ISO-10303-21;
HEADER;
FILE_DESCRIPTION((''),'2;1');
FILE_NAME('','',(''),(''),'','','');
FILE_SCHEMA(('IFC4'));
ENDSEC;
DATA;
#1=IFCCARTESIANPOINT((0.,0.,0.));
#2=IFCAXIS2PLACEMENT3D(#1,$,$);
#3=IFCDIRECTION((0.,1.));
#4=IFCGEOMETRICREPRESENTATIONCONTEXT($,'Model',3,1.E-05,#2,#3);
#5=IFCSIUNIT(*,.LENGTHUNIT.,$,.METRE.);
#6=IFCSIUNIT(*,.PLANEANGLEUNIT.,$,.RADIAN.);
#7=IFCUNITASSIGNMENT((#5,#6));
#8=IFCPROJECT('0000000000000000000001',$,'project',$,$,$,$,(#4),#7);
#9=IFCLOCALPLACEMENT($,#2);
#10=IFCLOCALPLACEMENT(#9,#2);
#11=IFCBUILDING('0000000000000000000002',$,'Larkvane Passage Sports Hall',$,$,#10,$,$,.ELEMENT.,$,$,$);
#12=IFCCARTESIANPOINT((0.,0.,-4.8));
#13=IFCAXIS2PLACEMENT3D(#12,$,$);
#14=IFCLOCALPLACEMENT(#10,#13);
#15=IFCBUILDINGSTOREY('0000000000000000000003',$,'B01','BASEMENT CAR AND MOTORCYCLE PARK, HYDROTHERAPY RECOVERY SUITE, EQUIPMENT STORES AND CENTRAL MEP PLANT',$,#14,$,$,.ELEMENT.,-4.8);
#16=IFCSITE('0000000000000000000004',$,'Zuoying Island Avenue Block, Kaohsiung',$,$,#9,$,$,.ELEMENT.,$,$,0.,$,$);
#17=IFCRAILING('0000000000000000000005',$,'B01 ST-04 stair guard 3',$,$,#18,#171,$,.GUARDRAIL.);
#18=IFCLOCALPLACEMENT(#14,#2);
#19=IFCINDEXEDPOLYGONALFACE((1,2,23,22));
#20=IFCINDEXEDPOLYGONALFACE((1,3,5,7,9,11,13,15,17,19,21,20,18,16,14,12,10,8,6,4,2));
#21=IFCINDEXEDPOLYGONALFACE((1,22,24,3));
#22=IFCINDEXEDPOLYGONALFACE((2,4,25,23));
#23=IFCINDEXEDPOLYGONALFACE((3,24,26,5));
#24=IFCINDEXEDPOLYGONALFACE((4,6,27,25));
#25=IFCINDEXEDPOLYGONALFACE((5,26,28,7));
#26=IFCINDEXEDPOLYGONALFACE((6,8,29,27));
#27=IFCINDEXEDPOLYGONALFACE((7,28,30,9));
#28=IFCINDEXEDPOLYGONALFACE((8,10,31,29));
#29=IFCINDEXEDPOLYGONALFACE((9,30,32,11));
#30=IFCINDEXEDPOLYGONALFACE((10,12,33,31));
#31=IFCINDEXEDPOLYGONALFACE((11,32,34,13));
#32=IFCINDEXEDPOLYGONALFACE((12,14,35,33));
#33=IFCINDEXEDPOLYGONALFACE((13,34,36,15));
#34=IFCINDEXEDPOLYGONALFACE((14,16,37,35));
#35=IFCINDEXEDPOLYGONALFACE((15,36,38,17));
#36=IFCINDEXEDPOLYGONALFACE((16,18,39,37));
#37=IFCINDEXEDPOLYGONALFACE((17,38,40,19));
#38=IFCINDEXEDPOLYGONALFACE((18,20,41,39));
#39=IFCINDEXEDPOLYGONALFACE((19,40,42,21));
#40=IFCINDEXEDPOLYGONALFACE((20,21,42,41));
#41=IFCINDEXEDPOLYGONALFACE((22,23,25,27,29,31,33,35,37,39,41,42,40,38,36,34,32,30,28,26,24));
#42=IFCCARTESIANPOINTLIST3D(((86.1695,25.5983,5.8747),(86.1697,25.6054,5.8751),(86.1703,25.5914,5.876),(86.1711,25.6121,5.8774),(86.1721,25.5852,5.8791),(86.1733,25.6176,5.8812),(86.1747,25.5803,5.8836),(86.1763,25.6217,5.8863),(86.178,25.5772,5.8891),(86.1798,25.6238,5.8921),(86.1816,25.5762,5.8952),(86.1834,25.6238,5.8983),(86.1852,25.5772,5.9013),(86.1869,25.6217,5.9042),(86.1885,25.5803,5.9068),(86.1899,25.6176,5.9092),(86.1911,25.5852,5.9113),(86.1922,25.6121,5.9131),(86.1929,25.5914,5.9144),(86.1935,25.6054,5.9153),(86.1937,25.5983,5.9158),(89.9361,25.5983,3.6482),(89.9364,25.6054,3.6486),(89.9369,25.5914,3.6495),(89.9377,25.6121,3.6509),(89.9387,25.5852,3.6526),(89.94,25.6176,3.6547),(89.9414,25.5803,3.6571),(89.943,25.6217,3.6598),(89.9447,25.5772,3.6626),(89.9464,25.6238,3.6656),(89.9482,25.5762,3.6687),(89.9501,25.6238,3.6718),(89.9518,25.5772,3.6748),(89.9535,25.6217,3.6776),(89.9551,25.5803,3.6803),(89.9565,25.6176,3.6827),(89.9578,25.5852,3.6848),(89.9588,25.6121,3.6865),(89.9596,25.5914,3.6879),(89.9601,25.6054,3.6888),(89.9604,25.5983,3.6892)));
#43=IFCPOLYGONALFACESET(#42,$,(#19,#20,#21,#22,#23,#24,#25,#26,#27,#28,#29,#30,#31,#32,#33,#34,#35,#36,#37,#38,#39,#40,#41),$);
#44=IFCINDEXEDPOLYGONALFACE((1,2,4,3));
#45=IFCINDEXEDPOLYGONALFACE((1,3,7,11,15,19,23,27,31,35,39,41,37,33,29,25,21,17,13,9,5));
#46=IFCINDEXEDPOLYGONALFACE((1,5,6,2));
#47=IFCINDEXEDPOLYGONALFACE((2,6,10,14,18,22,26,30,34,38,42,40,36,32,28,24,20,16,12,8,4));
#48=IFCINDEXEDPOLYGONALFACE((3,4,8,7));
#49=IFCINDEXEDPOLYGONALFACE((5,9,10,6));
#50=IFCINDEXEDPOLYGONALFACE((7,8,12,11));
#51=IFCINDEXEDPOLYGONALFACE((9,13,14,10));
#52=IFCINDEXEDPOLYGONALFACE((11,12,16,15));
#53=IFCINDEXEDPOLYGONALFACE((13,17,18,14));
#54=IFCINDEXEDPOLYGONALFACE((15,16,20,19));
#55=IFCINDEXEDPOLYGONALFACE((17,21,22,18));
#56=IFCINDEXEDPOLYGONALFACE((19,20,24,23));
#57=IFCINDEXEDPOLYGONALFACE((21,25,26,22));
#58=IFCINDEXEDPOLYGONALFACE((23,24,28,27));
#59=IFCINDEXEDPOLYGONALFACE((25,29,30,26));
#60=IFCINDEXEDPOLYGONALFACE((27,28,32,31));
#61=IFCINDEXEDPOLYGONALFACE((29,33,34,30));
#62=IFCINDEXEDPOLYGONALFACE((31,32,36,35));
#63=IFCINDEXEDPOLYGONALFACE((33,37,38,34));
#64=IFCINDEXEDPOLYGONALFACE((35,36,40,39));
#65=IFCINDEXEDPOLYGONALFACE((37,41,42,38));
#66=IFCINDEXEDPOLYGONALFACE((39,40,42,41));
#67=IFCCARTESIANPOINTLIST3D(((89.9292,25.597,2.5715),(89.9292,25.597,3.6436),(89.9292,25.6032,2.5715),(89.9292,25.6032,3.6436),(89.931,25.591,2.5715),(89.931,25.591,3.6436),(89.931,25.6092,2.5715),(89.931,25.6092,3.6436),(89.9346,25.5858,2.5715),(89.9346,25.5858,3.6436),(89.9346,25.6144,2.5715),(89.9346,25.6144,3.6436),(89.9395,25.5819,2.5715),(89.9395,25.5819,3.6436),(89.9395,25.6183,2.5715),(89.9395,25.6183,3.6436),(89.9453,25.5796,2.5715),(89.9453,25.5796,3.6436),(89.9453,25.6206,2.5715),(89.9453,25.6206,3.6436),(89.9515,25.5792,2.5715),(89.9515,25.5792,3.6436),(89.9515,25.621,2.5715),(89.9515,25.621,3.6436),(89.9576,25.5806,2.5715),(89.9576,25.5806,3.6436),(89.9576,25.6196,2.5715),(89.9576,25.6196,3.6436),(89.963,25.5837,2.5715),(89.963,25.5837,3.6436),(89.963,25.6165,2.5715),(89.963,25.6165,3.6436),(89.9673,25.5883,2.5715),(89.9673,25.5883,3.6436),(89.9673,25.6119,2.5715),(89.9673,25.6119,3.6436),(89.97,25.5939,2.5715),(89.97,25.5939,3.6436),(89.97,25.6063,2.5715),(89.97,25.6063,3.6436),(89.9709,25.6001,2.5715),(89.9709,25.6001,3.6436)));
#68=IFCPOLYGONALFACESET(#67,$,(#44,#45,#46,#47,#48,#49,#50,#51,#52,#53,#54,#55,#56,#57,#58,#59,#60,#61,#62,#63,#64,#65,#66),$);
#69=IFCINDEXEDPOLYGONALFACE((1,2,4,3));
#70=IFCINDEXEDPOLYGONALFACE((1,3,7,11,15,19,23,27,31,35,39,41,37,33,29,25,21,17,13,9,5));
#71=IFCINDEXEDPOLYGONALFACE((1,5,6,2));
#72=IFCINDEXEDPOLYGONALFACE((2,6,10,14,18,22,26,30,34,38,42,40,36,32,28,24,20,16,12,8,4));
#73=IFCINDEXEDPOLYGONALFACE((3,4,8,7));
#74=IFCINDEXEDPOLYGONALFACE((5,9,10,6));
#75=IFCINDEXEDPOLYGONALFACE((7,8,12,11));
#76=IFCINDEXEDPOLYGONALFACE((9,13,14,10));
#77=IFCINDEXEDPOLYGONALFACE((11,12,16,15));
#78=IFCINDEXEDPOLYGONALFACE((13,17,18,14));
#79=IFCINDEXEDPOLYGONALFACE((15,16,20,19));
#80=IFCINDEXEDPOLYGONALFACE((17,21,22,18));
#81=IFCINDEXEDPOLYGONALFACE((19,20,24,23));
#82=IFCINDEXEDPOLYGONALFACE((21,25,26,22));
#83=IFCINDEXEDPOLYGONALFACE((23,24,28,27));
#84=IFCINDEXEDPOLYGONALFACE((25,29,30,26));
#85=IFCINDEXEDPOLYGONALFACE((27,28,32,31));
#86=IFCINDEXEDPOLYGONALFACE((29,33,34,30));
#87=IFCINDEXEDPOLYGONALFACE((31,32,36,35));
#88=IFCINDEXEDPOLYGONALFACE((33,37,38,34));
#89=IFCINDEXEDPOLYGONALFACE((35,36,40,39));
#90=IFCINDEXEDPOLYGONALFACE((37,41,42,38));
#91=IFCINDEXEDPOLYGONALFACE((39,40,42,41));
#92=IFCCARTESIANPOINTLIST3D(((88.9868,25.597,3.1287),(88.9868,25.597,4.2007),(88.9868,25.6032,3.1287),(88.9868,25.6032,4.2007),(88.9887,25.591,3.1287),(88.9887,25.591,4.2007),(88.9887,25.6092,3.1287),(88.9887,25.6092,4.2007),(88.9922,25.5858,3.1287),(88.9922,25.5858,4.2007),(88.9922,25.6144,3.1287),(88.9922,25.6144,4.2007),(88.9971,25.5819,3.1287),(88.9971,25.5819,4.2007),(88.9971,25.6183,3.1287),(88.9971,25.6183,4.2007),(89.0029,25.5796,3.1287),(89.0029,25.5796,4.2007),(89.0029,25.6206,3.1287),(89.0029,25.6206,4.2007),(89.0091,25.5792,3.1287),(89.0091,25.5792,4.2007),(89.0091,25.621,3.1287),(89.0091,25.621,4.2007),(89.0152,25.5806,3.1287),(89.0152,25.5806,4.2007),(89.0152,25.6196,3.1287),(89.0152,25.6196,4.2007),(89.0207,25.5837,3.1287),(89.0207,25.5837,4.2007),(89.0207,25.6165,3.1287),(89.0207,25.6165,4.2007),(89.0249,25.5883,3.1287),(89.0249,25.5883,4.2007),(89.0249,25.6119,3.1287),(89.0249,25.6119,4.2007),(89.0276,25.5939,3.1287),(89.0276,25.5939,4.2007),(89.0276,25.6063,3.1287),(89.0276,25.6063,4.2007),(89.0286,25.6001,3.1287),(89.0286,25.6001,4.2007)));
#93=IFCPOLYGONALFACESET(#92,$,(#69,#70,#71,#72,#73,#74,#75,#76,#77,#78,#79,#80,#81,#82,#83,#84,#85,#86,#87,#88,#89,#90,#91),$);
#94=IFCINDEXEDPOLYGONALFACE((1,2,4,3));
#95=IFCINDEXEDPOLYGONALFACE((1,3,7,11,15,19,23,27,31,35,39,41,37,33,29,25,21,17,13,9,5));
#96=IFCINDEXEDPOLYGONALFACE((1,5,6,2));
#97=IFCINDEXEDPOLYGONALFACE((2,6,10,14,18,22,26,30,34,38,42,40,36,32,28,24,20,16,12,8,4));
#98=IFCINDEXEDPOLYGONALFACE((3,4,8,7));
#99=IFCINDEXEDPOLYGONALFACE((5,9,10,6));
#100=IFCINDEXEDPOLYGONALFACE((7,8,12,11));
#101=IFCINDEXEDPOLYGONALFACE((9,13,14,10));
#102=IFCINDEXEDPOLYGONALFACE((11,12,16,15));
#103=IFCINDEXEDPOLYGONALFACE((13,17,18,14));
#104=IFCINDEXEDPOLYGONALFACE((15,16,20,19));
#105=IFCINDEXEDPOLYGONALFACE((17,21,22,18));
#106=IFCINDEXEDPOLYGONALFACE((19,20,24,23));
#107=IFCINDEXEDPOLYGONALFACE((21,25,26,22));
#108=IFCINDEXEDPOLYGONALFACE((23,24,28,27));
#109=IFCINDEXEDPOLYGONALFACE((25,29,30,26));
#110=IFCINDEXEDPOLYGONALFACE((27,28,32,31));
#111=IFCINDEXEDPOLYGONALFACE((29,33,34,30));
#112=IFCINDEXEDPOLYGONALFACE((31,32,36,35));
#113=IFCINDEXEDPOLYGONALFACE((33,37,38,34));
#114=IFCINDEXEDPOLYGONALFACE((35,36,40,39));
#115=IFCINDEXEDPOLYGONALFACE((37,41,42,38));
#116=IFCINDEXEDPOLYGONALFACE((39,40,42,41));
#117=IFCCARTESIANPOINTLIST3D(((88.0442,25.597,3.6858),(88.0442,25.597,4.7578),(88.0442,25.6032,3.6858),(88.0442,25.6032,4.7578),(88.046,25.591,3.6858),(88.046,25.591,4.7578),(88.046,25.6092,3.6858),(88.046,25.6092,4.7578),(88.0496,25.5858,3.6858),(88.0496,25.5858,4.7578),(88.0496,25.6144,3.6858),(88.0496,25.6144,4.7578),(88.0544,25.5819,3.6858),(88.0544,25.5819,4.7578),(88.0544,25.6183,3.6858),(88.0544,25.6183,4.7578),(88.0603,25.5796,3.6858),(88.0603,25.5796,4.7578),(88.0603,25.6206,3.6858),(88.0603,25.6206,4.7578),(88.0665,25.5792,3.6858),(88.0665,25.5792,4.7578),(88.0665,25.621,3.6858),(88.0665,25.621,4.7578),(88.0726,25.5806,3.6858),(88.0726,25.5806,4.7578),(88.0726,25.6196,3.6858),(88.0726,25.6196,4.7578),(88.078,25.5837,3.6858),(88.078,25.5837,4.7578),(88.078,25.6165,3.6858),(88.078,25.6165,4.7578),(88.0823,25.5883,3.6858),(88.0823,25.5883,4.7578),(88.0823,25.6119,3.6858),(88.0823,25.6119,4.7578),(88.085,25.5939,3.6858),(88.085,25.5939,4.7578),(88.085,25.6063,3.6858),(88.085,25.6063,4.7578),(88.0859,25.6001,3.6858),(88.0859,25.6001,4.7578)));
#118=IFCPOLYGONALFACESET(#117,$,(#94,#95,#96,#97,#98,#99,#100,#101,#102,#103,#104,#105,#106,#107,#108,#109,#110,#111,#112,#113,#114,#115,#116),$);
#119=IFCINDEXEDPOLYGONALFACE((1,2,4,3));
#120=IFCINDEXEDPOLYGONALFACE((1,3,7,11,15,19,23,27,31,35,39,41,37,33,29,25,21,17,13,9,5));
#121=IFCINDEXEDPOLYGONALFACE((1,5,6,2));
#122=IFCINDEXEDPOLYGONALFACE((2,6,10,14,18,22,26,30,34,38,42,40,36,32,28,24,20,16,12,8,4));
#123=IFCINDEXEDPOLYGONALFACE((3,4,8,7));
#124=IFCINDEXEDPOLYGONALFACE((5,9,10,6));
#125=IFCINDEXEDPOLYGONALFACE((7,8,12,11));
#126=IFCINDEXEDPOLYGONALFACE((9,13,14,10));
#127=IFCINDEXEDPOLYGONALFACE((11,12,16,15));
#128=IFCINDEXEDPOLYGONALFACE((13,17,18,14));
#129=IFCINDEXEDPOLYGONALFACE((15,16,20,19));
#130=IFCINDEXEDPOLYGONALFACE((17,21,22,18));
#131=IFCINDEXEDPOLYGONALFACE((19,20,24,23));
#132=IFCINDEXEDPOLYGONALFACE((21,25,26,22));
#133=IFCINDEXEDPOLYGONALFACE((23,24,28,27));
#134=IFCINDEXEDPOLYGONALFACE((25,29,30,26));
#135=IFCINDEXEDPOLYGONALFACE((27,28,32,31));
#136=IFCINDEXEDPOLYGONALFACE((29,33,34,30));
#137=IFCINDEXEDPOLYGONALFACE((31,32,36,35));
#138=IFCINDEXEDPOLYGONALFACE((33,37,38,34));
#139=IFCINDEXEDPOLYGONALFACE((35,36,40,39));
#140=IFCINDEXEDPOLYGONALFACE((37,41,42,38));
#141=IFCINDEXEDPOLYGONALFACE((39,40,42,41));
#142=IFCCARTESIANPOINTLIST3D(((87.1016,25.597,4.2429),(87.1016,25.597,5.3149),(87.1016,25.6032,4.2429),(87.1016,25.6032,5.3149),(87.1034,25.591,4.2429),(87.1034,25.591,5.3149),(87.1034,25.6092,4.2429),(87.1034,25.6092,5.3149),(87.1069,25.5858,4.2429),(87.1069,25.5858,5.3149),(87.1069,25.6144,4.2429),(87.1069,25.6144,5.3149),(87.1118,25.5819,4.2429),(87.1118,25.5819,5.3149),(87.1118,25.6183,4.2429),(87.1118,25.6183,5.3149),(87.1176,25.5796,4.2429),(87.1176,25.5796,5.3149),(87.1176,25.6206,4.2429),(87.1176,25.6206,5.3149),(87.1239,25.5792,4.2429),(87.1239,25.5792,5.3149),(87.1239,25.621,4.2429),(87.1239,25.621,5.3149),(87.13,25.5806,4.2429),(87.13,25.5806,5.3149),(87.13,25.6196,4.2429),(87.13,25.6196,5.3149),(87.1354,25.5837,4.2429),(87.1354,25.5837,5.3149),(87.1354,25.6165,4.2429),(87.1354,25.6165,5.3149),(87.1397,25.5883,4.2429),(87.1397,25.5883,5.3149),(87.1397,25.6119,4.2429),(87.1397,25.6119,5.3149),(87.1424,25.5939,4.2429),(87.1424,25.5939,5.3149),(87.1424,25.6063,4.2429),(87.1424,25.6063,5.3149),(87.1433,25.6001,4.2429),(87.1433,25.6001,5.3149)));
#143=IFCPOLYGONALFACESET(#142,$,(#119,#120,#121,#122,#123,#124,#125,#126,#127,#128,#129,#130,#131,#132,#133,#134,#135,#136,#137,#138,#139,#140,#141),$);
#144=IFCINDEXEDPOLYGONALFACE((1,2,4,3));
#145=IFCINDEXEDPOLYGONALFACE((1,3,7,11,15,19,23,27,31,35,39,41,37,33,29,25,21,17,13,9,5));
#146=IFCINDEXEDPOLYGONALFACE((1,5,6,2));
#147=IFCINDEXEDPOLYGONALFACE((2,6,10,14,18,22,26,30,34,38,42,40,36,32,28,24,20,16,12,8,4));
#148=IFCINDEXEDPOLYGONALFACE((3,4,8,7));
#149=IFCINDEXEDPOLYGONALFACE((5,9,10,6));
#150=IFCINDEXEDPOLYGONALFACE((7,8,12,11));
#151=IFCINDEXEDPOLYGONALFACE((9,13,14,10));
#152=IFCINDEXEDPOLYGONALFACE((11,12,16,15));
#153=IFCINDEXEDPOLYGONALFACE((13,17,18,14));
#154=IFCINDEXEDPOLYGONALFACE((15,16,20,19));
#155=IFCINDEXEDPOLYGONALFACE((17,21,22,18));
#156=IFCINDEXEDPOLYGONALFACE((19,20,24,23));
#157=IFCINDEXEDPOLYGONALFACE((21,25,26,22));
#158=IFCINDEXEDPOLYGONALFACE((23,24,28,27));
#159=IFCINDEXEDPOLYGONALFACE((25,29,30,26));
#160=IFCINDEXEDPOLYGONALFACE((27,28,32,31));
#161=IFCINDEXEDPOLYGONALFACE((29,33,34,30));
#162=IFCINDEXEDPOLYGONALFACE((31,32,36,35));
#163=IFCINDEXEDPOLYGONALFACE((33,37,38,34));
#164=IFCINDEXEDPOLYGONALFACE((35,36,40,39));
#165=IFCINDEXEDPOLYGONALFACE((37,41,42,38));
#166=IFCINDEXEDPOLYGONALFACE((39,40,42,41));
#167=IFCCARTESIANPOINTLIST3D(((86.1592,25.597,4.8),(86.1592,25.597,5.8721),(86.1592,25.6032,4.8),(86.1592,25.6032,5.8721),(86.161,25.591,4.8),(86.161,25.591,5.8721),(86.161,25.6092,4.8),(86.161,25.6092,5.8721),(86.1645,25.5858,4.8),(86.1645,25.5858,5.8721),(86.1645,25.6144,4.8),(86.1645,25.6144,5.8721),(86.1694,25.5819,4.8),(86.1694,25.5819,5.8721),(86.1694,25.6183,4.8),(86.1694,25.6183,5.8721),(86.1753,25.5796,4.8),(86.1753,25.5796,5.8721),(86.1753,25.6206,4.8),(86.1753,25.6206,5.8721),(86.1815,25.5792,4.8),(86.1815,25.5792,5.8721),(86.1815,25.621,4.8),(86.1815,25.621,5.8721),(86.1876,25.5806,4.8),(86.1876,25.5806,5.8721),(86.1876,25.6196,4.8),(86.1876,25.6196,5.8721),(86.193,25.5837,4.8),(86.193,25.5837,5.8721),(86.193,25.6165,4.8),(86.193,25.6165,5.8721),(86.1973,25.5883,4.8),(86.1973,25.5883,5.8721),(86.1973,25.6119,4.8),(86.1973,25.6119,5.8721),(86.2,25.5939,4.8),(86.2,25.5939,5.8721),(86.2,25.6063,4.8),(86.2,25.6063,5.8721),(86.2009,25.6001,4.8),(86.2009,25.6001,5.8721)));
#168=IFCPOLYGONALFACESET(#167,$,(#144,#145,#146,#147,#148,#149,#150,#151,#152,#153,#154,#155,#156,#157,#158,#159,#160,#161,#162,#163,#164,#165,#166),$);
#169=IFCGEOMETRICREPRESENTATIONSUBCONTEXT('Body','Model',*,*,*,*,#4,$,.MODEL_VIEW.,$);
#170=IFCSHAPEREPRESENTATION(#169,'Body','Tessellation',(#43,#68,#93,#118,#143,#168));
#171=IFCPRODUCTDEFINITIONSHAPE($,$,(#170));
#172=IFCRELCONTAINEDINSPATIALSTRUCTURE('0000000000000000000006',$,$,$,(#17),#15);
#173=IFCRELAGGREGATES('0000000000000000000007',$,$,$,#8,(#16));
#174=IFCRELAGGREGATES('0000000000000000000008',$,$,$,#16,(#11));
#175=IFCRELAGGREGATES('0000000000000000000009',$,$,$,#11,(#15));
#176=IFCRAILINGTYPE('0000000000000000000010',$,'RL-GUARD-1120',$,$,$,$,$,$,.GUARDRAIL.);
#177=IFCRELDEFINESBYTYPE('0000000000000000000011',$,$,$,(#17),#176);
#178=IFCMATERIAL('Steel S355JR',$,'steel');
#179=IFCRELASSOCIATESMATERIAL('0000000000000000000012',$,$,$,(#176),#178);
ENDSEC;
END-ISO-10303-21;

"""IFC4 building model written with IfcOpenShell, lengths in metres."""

from ifc_helpers import new_model, si_unit, direction, frame, origin, origin_2d, place, context, subcontext, project, spatial, circle, extrude, material, type_object, element, save


model = new_model("IFC4")

# Units and contexts
model_context = context("Model", 3, precision=1e-05, world=origin(), true_north=direction((0.0, 1.0)))
body_context = subcontext(model_context, "Body", "Model", "MODEL_VIEW")
ifc_project = project(units=[si_unit("LENGTHUNIT", "METRE"), si_unit("PLANEANGLEUNIT", "RADIAN")], contexts=[model_context])

# Site, building, storey
site_placement = place(None, origin())
site = spatial("IfcSite", under=ifc_project, at=site_placement, Name="Zuoying Island Avenue Block, Kaohsiung", CompositionType="ELEMENT", RefElevation=0.0)
building_placement = place(site_placement, origin())
building = spatial("IfcBuilding", under=site, at=building_placement, Name="Larkvane Passage Sports Hall", CompositionType="ELEMENT")
storey_placement = place(building_placement, frame((0.0, 0.0, -4.8)))
storey = spatial("IfcBuildingStorey", under=building, at=storey_placement, Name="B01", Description="BASEMENT CAR AND MOTORCYCLE PARK, HYDROTHERAPY RECOVERY SUITE, EQUIPMENT STORES AND CENTRAL MEP PLANT", CompositionType="ELEMENT", Elevation=-4.8)

# Railing
ifc_material_1 = material(Name="Steel S355JR", Category="steel")
railing_type_1 = type_object("IfcRailingType", Name="RL-GUARD-1120", PredefinedType="GUARDRAIL", material=ifc_material_1)
railing_1_placement = place(storey_placement, frame((89.95, 25.6001, 2.5715)))
element("IfcRailing", 1, at=railing_1_placement, inside=storey, type_object=railing_type_1, Name="B01 ST-04 stair guard 3", PredefinedType="GUARDRAIL", context=body_context, shape_type="SweptSolid", body=[
    extrude(circle(Radius=0.0239, at=origin_2d()), frame((-0.0017, 0.0, 1.0972), z_axis=(-0.860849, 0.0, 0.508861), x_axis=(0.0, -1.0, 0.0)), (0.0, 0.0, 1.0), 4.3755),
    extrude(circle(Radius=0.021, at=origin_2d()), origin(), (0.0, 0.0, 1.0), 1.072),
    extrude(circle(Radius=0.021, at=origin_2d()), frame((-0.9424, 0.0, 0.5571)), (0.0, 0.0, 1.0), 1.072),
    extrude(circle(Radius=0.021, at=origin_2d()), frame((-1.885, 0.0, 1.1143)), (0.0, 0.0, 1.0), 1.072),
    extrude(circle(Radius=0.021, at=origin_2d()), frame((-2.8276, 0.0, 1.6714)), (0.0, 0.0, 1.0), 1.072),
    extrude(circle(Radius=0.021, at=origin_2d()), frame((-3.77, 0.0, 2.2285)), (0.0, 0.0, 1.0), 1.072),
])

save(model, "model.ifc")
